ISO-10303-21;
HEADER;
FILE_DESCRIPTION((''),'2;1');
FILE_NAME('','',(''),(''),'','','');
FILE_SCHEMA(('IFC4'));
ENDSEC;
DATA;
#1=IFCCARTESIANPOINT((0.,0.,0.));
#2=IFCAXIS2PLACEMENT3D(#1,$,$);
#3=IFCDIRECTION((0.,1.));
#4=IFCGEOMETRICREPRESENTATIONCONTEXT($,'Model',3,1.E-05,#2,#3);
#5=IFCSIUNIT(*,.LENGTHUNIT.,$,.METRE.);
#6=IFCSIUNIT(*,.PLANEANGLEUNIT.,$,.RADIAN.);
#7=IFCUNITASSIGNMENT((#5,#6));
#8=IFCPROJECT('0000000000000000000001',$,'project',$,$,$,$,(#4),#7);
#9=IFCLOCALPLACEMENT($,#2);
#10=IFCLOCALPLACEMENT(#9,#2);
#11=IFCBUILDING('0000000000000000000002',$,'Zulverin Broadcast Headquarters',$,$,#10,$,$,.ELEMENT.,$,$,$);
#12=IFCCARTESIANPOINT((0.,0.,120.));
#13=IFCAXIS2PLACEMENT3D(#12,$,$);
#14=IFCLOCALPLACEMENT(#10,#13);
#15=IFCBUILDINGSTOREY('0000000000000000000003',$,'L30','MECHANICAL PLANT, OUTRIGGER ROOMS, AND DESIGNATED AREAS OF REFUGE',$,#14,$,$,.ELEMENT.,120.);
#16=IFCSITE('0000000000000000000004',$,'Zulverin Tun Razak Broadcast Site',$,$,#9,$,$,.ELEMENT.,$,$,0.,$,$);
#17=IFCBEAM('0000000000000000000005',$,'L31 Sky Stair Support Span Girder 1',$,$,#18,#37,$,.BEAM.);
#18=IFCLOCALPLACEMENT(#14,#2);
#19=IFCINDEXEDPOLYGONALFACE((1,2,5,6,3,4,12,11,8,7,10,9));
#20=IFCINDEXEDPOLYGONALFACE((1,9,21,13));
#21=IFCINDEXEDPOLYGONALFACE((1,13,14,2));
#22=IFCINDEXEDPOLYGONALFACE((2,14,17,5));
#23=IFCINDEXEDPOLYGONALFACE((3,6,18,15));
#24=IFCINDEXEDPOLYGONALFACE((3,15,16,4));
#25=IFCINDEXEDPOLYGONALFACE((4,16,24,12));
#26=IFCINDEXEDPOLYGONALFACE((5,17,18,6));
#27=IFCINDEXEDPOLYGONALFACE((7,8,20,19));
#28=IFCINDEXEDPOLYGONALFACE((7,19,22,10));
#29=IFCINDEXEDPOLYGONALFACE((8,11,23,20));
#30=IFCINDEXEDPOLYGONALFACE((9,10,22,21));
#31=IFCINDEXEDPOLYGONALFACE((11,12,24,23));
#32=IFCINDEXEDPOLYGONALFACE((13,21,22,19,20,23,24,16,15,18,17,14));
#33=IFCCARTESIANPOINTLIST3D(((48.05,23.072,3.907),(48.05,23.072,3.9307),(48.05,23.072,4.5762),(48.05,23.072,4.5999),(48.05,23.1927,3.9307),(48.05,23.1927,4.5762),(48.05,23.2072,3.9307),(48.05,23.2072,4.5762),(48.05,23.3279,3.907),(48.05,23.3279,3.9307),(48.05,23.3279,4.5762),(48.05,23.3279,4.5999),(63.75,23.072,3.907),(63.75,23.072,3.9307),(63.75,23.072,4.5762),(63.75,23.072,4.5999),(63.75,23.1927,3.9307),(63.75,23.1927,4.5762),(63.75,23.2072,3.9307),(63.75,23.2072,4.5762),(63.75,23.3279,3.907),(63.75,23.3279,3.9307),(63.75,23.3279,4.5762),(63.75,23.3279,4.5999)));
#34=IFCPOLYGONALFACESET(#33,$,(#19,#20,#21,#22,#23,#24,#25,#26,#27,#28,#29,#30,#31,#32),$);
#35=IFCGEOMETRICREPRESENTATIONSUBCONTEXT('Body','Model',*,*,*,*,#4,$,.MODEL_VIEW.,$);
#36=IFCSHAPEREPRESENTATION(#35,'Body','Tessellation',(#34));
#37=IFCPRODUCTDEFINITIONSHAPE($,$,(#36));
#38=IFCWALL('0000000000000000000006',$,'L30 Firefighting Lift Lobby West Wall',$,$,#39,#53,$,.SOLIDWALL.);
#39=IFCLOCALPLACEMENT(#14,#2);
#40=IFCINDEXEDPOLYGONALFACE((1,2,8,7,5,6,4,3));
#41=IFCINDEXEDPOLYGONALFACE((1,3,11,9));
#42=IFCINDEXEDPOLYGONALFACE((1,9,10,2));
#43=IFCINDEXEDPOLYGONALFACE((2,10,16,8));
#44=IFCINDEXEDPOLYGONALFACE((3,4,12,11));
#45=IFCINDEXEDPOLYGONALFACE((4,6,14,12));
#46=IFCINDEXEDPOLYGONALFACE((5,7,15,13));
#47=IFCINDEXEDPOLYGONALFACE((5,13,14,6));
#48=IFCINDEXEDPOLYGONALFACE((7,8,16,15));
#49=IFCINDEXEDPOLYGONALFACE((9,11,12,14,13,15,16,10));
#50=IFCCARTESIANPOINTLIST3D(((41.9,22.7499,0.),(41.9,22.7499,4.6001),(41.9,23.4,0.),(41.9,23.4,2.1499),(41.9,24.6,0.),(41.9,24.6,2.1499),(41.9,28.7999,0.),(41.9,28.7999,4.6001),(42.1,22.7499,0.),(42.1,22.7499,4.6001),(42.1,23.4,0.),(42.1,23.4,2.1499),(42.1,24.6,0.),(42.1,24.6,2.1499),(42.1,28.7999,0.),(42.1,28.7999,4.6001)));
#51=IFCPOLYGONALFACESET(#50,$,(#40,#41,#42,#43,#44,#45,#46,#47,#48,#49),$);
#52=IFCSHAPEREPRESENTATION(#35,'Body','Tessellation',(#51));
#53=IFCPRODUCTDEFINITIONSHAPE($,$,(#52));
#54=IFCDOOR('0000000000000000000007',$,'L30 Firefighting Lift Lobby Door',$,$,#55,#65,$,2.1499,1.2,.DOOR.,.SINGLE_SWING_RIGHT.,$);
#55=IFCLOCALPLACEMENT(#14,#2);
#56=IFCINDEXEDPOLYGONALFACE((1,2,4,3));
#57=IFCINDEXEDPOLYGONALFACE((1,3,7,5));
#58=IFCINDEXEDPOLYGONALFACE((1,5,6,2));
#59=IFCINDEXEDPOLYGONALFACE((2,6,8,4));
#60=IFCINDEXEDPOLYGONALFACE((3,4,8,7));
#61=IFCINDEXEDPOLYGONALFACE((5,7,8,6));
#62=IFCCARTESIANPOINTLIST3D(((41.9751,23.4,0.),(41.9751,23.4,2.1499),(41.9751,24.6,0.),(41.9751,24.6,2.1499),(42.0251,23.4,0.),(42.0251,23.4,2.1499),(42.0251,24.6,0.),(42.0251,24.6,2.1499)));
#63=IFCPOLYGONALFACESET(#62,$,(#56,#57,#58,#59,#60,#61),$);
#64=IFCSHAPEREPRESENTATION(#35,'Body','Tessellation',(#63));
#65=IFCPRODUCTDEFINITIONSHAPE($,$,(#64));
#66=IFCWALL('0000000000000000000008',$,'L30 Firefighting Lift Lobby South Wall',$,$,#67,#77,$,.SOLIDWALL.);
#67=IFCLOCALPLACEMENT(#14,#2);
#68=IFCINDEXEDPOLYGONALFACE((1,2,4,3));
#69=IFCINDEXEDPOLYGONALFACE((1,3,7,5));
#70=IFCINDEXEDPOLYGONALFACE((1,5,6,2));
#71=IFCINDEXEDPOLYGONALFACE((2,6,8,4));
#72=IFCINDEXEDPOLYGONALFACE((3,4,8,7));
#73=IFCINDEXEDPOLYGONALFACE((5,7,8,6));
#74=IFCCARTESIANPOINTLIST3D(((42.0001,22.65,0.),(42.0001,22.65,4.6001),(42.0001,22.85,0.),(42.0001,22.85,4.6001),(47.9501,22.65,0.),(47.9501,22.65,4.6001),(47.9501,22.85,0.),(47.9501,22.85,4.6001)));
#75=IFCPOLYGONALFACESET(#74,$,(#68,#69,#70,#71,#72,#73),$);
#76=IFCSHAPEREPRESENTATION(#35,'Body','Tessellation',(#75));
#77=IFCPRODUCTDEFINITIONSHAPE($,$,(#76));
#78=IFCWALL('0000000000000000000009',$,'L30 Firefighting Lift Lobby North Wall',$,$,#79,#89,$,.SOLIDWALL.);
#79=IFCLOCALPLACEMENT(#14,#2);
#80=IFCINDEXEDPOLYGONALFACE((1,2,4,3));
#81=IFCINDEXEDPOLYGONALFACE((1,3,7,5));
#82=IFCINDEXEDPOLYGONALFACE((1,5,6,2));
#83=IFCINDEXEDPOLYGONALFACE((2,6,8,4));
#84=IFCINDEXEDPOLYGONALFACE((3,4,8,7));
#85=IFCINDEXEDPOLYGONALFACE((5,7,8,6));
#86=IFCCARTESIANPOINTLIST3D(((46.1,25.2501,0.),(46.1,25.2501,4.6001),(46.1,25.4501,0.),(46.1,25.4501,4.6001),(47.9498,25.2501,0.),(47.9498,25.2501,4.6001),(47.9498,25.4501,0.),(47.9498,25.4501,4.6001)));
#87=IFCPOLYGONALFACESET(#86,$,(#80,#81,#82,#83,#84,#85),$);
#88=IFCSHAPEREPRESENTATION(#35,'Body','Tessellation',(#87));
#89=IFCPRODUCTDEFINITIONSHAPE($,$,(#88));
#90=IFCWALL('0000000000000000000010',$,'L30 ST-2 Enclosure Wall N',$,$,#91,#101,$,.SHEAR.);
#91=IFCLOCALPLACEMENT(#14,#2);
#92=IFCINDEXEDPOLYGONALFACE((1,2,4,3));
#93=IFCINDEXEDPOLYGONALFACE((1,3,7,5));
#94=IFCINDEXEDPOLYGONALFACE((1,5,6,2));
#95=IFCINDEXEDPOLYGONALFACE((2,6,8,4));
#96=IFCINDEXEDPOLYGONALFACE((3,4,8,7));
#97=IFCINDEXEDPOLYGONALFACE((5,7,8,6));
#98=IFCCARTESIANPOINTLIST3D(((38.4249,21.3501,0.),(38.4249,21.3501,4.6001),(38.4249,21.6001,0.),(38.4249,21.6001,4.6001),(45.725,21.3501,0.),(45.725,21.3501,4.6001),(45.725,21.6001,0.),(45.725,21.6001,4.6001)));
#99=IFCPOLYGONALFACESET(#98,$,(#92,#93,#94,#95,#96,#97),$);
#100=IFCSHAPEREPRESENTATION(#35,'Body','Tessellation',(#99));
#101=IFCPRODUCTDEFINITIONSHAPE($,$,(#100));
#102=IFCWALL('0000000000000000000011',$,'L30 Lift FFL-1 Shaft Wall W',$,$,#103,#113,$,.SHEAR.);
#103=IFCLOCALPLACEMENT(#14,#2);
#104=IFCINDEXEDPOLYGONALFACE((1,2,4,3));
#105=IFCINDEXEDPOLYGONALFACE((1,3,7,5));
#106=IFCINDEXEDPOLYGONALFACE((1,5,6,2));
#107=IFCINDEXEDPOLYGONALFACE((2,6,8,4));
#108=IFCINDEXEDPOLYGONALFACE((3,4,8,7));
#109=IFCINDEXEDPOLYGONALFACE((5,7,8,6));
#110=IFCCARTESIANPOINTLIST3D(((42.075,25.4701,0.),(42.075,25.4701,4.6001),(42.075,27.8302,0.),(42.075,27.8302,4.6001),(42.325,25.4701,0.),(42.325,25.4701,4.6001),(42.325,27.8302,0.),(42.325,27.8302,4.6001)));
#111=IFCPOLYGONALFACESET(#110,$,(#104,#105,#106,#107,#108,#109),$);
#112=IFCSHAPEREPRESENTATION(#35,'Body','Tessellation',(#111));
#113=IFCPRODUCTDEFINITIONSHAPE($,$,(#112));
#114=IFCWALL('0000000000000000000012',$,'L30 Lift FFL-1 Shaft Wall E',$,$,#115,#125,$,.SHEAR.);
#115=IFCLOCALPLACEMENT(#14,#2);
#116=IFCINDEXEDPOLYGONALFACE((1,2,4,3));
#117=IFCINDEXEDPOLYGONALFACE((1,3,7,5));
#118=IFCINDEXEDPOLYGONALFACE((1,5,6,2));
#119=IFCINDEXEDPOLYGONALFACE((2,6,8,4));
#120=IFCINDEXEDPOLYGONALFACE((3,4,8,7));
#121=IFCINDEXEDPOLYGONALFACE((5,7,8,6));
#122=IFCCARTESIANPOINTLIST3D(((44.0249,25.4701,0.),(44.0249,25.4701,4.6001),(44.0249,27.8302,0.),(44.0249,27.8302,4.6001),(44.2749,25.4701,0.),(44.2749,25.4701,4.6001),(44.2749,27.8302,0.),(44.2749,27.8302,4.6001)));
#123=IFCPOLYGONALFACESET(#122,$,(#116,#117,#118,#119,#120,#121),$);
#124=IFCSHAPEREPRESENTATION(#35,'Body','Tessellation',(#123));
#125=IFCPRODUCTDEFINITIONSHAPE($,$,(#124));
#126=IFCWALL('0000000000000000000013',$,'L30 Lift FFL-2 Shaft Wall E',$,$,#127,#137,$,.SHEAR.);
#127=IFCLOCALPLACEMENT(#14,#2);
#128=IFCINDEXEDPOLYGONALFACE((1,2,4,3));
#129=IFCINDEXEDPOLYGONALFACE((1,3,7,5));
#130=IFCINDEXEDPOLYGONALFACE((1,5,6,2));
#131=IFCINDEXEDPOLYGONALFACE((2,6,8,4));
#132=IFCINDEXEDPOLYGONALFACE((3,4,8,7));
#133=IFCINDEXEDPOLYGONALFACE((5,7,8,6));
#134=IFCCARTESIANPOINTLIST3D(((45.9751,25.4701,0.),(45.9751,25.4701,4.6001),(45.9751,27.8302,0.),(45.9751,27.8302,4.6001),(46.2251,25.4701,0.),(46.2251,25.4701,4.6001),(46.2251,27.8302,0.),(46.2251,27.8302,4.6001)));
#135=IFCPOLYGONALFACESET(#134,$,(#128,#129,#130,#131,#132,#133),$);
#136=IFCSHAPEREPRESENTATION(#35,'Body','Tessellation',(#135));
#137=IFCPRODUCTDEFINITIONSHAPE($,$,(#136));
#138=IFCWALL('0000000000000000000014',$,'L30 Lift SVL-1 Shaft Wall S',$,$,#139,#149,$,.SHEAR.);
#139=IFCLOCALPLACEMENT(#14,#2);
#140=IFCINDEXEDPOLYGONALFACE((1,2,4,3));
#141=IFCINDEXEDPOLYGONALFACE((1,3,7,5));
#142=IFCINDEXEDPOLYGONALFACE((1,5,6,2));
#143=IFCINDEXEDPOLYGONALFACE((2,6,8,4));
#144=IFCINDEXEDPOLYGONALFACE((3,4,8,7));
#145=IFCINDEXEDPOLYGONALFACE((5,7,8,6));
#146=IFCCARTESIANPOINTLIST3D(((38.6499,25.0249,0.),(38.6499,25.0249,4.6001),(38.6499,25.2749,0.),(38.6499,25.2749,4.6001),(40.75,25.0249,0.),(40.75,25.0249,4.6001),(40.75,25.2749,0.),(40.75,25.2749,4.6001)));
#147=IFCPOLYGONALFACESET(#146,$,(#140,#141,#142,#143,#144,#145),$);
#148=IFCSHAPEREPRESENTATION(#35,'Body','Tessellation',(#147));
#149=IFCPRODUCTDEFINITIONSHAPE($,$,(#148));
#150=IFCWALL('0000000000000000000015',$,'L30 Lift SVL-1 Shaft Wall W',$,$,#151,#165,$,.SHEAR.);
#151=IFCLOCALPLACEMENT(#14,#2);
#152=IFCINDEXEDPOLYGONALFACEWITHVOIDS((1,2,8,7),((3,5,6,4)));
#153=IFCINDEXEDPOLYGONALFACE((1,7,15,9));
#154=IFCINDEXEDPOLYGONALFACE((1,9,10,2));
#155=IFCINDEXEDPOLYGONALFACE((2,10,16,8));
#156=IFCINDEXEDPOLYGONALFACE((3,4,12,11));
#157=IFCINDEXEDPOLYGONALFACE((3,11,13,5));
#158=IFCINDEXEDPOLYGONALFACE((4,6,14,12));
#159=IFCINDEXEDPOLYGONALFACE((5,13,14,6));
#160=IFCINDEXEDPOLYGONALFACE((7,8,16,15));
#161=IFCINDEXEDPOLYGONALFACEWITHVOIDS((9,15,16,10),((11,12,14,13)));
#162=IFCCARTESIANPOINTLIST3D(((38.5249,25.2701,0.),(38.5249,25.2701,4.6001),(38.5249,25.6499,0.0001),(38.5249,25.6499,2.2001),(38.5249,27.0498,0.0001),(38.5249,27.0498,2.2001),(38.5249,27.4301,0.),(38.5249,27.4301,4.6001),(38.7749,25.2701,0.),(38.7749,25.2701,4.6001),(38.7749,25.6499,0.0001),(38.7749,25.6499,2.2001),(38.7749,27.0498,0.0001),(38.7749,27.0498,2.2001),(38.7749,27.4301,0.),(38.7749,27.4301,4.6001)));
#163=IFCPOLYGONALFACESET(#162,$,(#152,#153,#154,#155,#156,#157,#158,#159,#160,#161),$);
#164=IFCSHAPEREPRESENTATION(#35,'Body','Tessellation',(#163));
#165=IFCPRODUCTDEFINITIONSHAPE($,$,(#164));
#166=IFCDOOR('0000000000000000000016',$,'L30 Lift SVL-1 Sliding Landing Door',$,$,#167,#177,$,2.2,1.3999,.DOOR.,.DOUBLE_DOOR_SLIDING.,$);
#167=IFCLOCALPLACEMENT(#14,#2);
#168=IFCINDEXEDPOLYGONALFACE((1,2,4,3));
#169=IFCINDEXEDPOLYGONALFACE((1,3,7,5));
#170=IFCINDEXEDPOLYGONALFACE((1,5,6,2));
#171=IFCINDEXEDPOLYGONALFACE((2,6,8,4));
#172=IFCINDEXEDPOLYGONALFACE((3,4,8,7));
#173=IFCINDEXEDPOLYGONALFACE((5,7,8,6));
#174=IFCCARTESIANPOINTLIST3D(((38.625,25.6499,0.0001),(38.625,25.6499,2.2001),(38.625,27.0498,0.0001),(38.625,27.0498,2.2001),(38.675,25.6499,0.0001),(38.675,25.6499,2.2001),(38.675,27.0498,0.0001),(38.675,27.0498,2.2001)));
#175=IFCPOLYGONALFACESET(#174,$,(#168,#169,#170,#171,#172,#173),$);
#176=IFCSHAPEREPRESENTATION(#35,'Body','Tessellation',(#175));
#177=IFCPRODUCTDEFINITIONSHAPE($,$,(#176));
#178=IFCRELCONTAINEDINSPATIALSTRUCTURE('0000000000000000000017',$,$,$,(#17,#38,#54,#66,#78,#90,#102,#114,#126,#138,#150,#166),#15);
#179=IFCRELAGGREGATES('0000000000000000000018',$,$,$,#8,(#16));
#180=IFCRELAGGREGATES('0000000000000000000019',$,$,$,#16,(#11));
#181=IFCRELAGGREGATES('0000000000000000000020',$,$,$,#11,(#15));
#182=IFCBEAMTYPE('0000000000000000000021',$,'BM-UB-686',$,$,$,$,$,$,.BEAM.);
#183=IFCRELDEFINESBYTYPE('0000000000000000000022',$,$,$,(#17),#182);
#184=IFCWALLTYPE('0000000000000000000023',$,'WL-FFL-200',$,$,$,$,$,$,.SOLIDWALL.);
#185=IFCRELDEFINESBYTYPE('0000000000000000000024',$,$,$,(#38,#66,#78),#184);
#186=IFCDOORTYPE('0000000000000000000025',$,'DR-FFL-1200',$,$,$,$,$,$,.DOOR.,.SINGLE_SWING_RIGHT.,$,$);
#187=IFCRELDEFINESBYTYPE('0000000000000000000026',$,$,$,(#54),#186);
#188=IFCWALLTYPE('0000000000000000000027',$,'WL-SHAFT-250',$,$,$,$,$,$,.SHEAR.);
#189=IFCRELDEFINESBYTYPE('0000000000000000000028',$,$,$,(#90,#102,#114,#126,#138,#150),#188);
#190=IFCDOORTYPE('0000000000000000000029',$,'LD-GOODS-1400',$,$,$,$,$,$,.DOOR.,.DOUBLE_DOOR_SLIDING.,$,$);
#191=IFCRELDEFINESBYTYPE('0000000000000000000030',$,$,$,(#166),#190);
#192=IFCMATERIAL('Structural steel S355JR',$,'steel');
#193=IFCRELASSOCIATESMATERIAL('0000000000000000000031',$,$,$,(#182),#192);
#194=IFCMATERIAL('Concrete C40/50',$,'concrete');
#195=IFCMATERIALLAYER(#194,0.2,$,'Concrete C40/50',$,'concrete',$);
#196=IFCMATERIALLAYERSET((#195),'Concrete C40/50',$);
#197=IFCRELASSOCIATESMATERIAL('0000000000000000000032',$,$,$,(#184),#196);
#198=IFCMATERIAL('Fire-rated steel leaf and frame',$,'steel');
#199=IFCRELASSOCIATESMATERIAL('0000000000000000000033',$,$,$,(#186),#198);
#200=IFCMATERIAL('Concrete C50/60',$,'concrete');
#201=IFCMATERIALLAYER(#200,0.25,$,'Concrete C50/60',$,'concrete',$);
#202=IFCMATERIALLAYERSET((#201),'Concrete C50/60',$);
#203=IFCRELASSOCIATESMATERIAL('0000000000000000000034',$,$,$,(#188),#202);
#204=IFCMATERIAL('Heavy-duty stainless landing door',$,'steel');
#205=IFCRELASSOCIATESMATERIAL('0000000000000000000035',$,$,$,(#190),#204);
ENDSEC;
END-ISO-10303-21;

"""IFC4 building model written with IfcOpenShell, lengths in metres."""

from ifc_helpers import new_model, si_unit, direction, frame, frame_2d, origin, origin_2d, place, context, subcontext, project, spatial, rectangle, i_section, extrude, material, layer, layer_set, material_profile, profile_set, type_object, element, fill, save


model = new_model("IFC4")

# Units and contexts
model_context = context("Model", 3, precision=1e-05, world=origin(), true_north=direction((0.0, 1.0)))
body_context = subcontext(model_context, "Body", "Model", "MODEL_VIEW")
ifc_project = project(units=[si_unit("LENGTHUNIT", "METRE"), si_unit("PLANEANGLEUNIT", "RADIAN")], contexts=[model_context])

# Site, building, storey
site_placement = place(None, origin())
site = spatial("IfcSite", under=ifc_project, at=site_placement, Name="Zulverin Tun Razak Broadcast Site", CompositionType="ELEMENT", RefElevation=0.0)
building_placement = place(site_placement, origin())
building = spatial("IfcBuilding", under=site, at=building_placement, Name="Zulverin Broadcast Headquarters", CompositionType="ELEMENT")
storey_placement = place(building_placement, frame((0.0, 0.0, 120.0)))
storey = spatial("IfcBuildingStorey", under=building, at=storey_placement, Name="L30", Description="MECHANICAL PLANT, OUTRIGGER ROOMS, AND DESIGNATED AREAS OF REFUGE", CompositionType="ELEMENT", Elevation=120.0)

# Beam
ifc_material_1 = material(Name="Structural steel S355JR", Category="steel")
ifc_material_profile = material_profile(ifc_material_1, i_section(OverallWidth=0.2559, OverallDepth=0.6929, WebThickness=0.0144, FlangeThickness=0.0237, at=origin_2d()), Name="Structural steel S355JR", Category="steel")
ifc_profile_set = profile_set([ifc_material_profile], Name="Structural steel S355JR")
beam_type = type_object("IfcBeamType", Name="BM-UB-686", PredefinedType="BEAM", material=ifc_profile_set)
beam_placement = place(storey_placement, frame((48.05, 23.2, 4.2534), z_axis=(1.0, 0.0, 0.0), x_axis=(0.0, 1.0, 0.0)))
element("IfcBeam", 1, at=beam_placement, inside=storey, type_object=beam_type, Name="L31 Sky Stair Support Span Girder 1", PredefinedType="BEAM", context=body_context, shape_type="SweptSolid", body=[
    extrude(i_section(OverallWidth=0.2559, OverallDepth=0.6929, WebThickness=0.0144, FlangeThickness=0.0237, at=origin_2d()), origin(), (0.0, 0.0, 1.0), 15.7),
])

# Wall, opening, door
ifc_material_2 = material(Name="Concrete C40/50", Category="concrete")
ifc_layer_1 = layer(ifc_material_2, 0.2, Name="Concrete C40/50", Category="concrete")
ifc_layer_set_1 = layer_set([ifc_layer_1], Name="Concrete C40/50")
wall_type_1 = type_object("IfcWallType", Name="WL-FFL-200", PredefinedType="SOLIDWALL", material=ifc_layer_set_1)
wall_1_placement = place(storey_placement, frame((42.0, 22.75, 0.0), z_axis=(0.0, 0.0, 1.0), x_axis=(0.0, 1.0, 0.0)))
wall_1 = element("IfcWall", 2, at=wall_1_placement, inside=storey, type_object=wall_type_1, Name="L30 Firefighting Lift Lobby West Wall", PredefinedType="SOLIDWALL", context=body_context, shape_type="SweptSolid", body=[
    extrude(rectangle(XDim=6.05, YDim=0.2, at=frame_2d((3.0249, 0.0))), origin(), (0.0, 0.0, 1.0), 4.6001),
])
opening_1_placement = place(wall_1_placement, frame((0.6499, 0.0, 0.0)))
opening_1 = element("IfcOpeningElement", 3, at=opening_1_placement, cuts=wall_1, PredefinedType="OPENING", context=body_context, shape_type="SweptSolid", body=[
    extrude(rectangle(XDim=1.2, YDim=2.1499, at=frame_2d((0.6001, 1.075))), frame((0.0, 0.1099, 0.0), z_axis=(0.0, -1.0, 0.0), x_axis=(1.0, 0.0, 0.0)), (0.0, 0.0, 1.0), 0.22),
])
ifc_material_3 = material(Name="Fire-rated steel leaf and frame", Category="steel")
door_type_1 = type_object("IfcDoorType", Name="DR-FFL-1200", OperationType="SINGLE_SWING_RIGHT", PredefinedType="DOOR", material=ifc_material_3)
door_1_placement = place(opening_1_placement, origin())
door_1 = element("IfcDoor", 4, at=door_1_placement, inside=storey, type_object=door_type_1, Name="L30 Firefighting Lift Lobby Door", OperationType="SINGLE_SWING_RIGHT", OverallHeight=2.1499, OverallWidth=1.2, PredefinedType="DOOR", context=body_context, shape_type="SweptSolid", body=[
    extrude(rectangle(XDim=1.2, YDim=2.1499, at=frame_2d((0.6001, 1.075))), frame((0.0, 0.0249, 0.0), z_axis=(0.0, -1.0, 0.0), x_axis=(1.0, 0.0, 0.0)), (0.0, 0.0, 1.0), 0.05),
])
fill(opening_1, door_1)

# Walls
wall_2_placement = place(storey_placement, frame((42.0, 22.75, 0.0), z_axis=(0.0, 0.0, 1.0), x_axis=(1.0, 0.0, 0.0)))
element("IfcWall", 5, at=wall_2_placement, inside=storey, type_object=wall_type_1, Name="L30 Firefighting Lift Lobby South Wall", PredefinedType="SOLIDWALL", context=body_context, shape_type="SweptSolid", body=[
    extrude(rectangle(XDim=5.95, YDim=0.2, at=frame_2d((2.9751, 0.0))), origin(), (0.0, 0.0, 1.0), 4.6001),
])
wall_3_placement = place(storey_placement, frame((46.1001, 25.3501, 0.0), z_axis=(0.0, 0.0, 1.0), x_axis=(1.0, 0.0, 0.0)))
element("IfcWall", 6, at=wall_3_placement, inside=storey, type_object=wall_type_1, Name="L30 Firefighting Lift Lobby North Wall", PredefinedType="SOLIDWALL", context=body_context, shape_type="SweptSolid", body=[
    extrude(rectangle(XDim=1.8499, YDim=0.2, at=frame_2d((0.9248, 0.0))), origin(), (0.0, 0.0, 1.0), 4.6001),
])
ifc_material_4 = material(Name="Concrete C50/60", Category="concrete")
ifc_layer_2 = layer(ifc_material_4, 0.25, Name="Concrete C50/60", Category="concrete")
ifc_layer_set_2 = layer_set([ifc_layer_2], Name="Concrete C50/60")
wall_type_2 = type_object("IfcWallType", Name="WL-SHAFT-250", PredefinedType="SHEAR", material=ifc_layer_set_2)
wall_4_placement = place(storey_placement, frame((38.425, 21.4751, 0.0), z_axis=(0.0, 0.0, 1.0), x_axis=(1.0, 0.0, 0.0)))
element("IfcWall", 7, at=wall_4_placement, inside=storey, type_object=wall_type_2, Name="L30 ST-2 Enclosure Wall N", PredefinedType="SHEAR", context=body_context, shape_type="SweptSolid", body=[
    extrude(rectangle(XDim=7.3, YDim=0.25, at=frame_2d((3.6499, 0.0))), origin(), (0.0, 0.0, 1.0), 4.6001),
])

# Walls
for number, where, z_axis, x_axis, name in (
    (8, (42.2, 25.47, 0.0), (0.0, 0.0, 1.0), (0.0, 1.0, 0.0), "L30 Lift FFL-1 Shaft Wall W"),
    (9, (44.1499, 25.47, 0.0), (0.0, 0.0, 1.0), (0.0, 1.0, 0.0), "L30 Lift FFL-1 Shaft Wall E"),
):
    element("IfcWall", number, at=place(storey_placement, frame(where, z_axis=z_axis, x_axis=x_axis)), inside=storey, type_object=wall_type_2, Name=name, PredefinedType="SHEAR", context=body_context, shape_type="SweptSolid", body=[
        extrude(rectangle(XDim=2.3601, YDim=0.25, at=frame_2d((1.1802, 0.0))), origin(), (0.0, 0.0, 1.0), 4.6001),
    ])

# Walls
wall_5_placement = place(storey_placement, frame((46.1001, 25.47, 0.0), z_axis=(0.0, 0.0, 1.0), x_axis=(0.0, 1.0, 0.0)))
element("IfcWall", 10, at=wall_5_placement, inside=storey, type_object=wall_type_2, Name="L30 Lift FFL-2 Shaft Wall E", PredefinedType="SHEAR", context=body_context, shape_type="SweptSolid", body=[
    extrude(rectangle(XDim=2.3601, YDim=0.25, at=frame_2d((1.1802, 0.0))), origin(), (0.0, 0.0, 1.0), 4.6001),
])
wall_6_placement = place(storey_placement, frame((38.6499, 25.1499, 0.0), z_axis=(0.0, 0.0, 1.0), x_axis=(1.0, 0.0, 0.0)))
element("IfcWall", 11, at=wall_6_placement, inside=storey, type_object=wall_type_2, Name="L30 Lift SVL-1 Shaft Wall S", PredefinedType="SHEAR", context=body_context, shape_type="SweptSolid", body=[
    extrude(rectangle(XDim=2.1001, YDim=0.25, at=frame_2d((1.05, 0.0))), origin(), (0.0, 0.0, 1.0), 4.6001),
])

# Wall, opening, door
wall_7_placement = place(storey_placement, frame((38.6499, 25.27, 0.0), z_axis=(0.0, 0.0, 1.0), x_axis=(0.0, 1.0, 0.0)))
wall_7 = element("IfcWall", 12, at=wall_7_placement, inside=storey, type_object=wall_type_2, Name="L30 Lift SVL-1 Shaft Wall W", PredefinedType="SHEAR", context=body_context, shape_type="SweptSolid", body=[
    extrude(rectangle(XDim=2.1599, YDim=0.25, at=frame_2d((1.0801, 0.0))), origin(), (0.0, 0.0, 1.0), 4.6001),
])
opening_2_placement = place(wall_7_placement, frame((0.3799, 0.0, 0.0)))
opening_2 = element("IfcOpeningElement", 13, at=opening_2_placement, cuts=wall_7, PredefinedType="OPENING", context=body_context, shape_type="SweptSolid", body=[
    extrude(rectangle(XDim=1.3999, YDim=2.2, at=frame_2d((0.7, 1.1001))), frame((0.0, 0.135, 0.0), z_axis=(0.0, -1.0, 0.0), x_axis=(1.0, 0.0, 0.0)), (0.0, 0.0, 1.0), 0.27),
])
ifc_material_5 = material(Name="Heavy-duty stainless landing door", Category="steel")
door_type_2 = type_object("IfcDoorType", Name="LD-GOODS-1400", OperationType="DOUBLE_DOOR_SLIDING", PredefinedType="DOOR", material=ifc_material_5)
door_2_placement = place(opening_2_placement, origin())
door_2 = element("IfcDoor", 14, at=door_2_placement, inside=storey, type_object=door_type_2, Name="L30 Lift SVL-1 Sliding Landing Door", OperationType="DOUBLE_DOOR_SLIDING", OverallHeight=2.2, OverallWidth=1.3999, PredefinedType="DOOR", context=body_context, shape_type="SweptSolid", body=[
    extrude(rectangle(XDim=1.3999, YDim=2.2, at=frame_2d((0.7, 1.1001))), frame((0.0, 0.0249, 0.0), z_axis=(0.0, -1.0, 0.0), x_axis=(1.0, 0.0, 0.0)), (0.0, 0.0, 1.0), 0.05),
])
fill(opening_2, door_2)

save(model, "model.ifc")
